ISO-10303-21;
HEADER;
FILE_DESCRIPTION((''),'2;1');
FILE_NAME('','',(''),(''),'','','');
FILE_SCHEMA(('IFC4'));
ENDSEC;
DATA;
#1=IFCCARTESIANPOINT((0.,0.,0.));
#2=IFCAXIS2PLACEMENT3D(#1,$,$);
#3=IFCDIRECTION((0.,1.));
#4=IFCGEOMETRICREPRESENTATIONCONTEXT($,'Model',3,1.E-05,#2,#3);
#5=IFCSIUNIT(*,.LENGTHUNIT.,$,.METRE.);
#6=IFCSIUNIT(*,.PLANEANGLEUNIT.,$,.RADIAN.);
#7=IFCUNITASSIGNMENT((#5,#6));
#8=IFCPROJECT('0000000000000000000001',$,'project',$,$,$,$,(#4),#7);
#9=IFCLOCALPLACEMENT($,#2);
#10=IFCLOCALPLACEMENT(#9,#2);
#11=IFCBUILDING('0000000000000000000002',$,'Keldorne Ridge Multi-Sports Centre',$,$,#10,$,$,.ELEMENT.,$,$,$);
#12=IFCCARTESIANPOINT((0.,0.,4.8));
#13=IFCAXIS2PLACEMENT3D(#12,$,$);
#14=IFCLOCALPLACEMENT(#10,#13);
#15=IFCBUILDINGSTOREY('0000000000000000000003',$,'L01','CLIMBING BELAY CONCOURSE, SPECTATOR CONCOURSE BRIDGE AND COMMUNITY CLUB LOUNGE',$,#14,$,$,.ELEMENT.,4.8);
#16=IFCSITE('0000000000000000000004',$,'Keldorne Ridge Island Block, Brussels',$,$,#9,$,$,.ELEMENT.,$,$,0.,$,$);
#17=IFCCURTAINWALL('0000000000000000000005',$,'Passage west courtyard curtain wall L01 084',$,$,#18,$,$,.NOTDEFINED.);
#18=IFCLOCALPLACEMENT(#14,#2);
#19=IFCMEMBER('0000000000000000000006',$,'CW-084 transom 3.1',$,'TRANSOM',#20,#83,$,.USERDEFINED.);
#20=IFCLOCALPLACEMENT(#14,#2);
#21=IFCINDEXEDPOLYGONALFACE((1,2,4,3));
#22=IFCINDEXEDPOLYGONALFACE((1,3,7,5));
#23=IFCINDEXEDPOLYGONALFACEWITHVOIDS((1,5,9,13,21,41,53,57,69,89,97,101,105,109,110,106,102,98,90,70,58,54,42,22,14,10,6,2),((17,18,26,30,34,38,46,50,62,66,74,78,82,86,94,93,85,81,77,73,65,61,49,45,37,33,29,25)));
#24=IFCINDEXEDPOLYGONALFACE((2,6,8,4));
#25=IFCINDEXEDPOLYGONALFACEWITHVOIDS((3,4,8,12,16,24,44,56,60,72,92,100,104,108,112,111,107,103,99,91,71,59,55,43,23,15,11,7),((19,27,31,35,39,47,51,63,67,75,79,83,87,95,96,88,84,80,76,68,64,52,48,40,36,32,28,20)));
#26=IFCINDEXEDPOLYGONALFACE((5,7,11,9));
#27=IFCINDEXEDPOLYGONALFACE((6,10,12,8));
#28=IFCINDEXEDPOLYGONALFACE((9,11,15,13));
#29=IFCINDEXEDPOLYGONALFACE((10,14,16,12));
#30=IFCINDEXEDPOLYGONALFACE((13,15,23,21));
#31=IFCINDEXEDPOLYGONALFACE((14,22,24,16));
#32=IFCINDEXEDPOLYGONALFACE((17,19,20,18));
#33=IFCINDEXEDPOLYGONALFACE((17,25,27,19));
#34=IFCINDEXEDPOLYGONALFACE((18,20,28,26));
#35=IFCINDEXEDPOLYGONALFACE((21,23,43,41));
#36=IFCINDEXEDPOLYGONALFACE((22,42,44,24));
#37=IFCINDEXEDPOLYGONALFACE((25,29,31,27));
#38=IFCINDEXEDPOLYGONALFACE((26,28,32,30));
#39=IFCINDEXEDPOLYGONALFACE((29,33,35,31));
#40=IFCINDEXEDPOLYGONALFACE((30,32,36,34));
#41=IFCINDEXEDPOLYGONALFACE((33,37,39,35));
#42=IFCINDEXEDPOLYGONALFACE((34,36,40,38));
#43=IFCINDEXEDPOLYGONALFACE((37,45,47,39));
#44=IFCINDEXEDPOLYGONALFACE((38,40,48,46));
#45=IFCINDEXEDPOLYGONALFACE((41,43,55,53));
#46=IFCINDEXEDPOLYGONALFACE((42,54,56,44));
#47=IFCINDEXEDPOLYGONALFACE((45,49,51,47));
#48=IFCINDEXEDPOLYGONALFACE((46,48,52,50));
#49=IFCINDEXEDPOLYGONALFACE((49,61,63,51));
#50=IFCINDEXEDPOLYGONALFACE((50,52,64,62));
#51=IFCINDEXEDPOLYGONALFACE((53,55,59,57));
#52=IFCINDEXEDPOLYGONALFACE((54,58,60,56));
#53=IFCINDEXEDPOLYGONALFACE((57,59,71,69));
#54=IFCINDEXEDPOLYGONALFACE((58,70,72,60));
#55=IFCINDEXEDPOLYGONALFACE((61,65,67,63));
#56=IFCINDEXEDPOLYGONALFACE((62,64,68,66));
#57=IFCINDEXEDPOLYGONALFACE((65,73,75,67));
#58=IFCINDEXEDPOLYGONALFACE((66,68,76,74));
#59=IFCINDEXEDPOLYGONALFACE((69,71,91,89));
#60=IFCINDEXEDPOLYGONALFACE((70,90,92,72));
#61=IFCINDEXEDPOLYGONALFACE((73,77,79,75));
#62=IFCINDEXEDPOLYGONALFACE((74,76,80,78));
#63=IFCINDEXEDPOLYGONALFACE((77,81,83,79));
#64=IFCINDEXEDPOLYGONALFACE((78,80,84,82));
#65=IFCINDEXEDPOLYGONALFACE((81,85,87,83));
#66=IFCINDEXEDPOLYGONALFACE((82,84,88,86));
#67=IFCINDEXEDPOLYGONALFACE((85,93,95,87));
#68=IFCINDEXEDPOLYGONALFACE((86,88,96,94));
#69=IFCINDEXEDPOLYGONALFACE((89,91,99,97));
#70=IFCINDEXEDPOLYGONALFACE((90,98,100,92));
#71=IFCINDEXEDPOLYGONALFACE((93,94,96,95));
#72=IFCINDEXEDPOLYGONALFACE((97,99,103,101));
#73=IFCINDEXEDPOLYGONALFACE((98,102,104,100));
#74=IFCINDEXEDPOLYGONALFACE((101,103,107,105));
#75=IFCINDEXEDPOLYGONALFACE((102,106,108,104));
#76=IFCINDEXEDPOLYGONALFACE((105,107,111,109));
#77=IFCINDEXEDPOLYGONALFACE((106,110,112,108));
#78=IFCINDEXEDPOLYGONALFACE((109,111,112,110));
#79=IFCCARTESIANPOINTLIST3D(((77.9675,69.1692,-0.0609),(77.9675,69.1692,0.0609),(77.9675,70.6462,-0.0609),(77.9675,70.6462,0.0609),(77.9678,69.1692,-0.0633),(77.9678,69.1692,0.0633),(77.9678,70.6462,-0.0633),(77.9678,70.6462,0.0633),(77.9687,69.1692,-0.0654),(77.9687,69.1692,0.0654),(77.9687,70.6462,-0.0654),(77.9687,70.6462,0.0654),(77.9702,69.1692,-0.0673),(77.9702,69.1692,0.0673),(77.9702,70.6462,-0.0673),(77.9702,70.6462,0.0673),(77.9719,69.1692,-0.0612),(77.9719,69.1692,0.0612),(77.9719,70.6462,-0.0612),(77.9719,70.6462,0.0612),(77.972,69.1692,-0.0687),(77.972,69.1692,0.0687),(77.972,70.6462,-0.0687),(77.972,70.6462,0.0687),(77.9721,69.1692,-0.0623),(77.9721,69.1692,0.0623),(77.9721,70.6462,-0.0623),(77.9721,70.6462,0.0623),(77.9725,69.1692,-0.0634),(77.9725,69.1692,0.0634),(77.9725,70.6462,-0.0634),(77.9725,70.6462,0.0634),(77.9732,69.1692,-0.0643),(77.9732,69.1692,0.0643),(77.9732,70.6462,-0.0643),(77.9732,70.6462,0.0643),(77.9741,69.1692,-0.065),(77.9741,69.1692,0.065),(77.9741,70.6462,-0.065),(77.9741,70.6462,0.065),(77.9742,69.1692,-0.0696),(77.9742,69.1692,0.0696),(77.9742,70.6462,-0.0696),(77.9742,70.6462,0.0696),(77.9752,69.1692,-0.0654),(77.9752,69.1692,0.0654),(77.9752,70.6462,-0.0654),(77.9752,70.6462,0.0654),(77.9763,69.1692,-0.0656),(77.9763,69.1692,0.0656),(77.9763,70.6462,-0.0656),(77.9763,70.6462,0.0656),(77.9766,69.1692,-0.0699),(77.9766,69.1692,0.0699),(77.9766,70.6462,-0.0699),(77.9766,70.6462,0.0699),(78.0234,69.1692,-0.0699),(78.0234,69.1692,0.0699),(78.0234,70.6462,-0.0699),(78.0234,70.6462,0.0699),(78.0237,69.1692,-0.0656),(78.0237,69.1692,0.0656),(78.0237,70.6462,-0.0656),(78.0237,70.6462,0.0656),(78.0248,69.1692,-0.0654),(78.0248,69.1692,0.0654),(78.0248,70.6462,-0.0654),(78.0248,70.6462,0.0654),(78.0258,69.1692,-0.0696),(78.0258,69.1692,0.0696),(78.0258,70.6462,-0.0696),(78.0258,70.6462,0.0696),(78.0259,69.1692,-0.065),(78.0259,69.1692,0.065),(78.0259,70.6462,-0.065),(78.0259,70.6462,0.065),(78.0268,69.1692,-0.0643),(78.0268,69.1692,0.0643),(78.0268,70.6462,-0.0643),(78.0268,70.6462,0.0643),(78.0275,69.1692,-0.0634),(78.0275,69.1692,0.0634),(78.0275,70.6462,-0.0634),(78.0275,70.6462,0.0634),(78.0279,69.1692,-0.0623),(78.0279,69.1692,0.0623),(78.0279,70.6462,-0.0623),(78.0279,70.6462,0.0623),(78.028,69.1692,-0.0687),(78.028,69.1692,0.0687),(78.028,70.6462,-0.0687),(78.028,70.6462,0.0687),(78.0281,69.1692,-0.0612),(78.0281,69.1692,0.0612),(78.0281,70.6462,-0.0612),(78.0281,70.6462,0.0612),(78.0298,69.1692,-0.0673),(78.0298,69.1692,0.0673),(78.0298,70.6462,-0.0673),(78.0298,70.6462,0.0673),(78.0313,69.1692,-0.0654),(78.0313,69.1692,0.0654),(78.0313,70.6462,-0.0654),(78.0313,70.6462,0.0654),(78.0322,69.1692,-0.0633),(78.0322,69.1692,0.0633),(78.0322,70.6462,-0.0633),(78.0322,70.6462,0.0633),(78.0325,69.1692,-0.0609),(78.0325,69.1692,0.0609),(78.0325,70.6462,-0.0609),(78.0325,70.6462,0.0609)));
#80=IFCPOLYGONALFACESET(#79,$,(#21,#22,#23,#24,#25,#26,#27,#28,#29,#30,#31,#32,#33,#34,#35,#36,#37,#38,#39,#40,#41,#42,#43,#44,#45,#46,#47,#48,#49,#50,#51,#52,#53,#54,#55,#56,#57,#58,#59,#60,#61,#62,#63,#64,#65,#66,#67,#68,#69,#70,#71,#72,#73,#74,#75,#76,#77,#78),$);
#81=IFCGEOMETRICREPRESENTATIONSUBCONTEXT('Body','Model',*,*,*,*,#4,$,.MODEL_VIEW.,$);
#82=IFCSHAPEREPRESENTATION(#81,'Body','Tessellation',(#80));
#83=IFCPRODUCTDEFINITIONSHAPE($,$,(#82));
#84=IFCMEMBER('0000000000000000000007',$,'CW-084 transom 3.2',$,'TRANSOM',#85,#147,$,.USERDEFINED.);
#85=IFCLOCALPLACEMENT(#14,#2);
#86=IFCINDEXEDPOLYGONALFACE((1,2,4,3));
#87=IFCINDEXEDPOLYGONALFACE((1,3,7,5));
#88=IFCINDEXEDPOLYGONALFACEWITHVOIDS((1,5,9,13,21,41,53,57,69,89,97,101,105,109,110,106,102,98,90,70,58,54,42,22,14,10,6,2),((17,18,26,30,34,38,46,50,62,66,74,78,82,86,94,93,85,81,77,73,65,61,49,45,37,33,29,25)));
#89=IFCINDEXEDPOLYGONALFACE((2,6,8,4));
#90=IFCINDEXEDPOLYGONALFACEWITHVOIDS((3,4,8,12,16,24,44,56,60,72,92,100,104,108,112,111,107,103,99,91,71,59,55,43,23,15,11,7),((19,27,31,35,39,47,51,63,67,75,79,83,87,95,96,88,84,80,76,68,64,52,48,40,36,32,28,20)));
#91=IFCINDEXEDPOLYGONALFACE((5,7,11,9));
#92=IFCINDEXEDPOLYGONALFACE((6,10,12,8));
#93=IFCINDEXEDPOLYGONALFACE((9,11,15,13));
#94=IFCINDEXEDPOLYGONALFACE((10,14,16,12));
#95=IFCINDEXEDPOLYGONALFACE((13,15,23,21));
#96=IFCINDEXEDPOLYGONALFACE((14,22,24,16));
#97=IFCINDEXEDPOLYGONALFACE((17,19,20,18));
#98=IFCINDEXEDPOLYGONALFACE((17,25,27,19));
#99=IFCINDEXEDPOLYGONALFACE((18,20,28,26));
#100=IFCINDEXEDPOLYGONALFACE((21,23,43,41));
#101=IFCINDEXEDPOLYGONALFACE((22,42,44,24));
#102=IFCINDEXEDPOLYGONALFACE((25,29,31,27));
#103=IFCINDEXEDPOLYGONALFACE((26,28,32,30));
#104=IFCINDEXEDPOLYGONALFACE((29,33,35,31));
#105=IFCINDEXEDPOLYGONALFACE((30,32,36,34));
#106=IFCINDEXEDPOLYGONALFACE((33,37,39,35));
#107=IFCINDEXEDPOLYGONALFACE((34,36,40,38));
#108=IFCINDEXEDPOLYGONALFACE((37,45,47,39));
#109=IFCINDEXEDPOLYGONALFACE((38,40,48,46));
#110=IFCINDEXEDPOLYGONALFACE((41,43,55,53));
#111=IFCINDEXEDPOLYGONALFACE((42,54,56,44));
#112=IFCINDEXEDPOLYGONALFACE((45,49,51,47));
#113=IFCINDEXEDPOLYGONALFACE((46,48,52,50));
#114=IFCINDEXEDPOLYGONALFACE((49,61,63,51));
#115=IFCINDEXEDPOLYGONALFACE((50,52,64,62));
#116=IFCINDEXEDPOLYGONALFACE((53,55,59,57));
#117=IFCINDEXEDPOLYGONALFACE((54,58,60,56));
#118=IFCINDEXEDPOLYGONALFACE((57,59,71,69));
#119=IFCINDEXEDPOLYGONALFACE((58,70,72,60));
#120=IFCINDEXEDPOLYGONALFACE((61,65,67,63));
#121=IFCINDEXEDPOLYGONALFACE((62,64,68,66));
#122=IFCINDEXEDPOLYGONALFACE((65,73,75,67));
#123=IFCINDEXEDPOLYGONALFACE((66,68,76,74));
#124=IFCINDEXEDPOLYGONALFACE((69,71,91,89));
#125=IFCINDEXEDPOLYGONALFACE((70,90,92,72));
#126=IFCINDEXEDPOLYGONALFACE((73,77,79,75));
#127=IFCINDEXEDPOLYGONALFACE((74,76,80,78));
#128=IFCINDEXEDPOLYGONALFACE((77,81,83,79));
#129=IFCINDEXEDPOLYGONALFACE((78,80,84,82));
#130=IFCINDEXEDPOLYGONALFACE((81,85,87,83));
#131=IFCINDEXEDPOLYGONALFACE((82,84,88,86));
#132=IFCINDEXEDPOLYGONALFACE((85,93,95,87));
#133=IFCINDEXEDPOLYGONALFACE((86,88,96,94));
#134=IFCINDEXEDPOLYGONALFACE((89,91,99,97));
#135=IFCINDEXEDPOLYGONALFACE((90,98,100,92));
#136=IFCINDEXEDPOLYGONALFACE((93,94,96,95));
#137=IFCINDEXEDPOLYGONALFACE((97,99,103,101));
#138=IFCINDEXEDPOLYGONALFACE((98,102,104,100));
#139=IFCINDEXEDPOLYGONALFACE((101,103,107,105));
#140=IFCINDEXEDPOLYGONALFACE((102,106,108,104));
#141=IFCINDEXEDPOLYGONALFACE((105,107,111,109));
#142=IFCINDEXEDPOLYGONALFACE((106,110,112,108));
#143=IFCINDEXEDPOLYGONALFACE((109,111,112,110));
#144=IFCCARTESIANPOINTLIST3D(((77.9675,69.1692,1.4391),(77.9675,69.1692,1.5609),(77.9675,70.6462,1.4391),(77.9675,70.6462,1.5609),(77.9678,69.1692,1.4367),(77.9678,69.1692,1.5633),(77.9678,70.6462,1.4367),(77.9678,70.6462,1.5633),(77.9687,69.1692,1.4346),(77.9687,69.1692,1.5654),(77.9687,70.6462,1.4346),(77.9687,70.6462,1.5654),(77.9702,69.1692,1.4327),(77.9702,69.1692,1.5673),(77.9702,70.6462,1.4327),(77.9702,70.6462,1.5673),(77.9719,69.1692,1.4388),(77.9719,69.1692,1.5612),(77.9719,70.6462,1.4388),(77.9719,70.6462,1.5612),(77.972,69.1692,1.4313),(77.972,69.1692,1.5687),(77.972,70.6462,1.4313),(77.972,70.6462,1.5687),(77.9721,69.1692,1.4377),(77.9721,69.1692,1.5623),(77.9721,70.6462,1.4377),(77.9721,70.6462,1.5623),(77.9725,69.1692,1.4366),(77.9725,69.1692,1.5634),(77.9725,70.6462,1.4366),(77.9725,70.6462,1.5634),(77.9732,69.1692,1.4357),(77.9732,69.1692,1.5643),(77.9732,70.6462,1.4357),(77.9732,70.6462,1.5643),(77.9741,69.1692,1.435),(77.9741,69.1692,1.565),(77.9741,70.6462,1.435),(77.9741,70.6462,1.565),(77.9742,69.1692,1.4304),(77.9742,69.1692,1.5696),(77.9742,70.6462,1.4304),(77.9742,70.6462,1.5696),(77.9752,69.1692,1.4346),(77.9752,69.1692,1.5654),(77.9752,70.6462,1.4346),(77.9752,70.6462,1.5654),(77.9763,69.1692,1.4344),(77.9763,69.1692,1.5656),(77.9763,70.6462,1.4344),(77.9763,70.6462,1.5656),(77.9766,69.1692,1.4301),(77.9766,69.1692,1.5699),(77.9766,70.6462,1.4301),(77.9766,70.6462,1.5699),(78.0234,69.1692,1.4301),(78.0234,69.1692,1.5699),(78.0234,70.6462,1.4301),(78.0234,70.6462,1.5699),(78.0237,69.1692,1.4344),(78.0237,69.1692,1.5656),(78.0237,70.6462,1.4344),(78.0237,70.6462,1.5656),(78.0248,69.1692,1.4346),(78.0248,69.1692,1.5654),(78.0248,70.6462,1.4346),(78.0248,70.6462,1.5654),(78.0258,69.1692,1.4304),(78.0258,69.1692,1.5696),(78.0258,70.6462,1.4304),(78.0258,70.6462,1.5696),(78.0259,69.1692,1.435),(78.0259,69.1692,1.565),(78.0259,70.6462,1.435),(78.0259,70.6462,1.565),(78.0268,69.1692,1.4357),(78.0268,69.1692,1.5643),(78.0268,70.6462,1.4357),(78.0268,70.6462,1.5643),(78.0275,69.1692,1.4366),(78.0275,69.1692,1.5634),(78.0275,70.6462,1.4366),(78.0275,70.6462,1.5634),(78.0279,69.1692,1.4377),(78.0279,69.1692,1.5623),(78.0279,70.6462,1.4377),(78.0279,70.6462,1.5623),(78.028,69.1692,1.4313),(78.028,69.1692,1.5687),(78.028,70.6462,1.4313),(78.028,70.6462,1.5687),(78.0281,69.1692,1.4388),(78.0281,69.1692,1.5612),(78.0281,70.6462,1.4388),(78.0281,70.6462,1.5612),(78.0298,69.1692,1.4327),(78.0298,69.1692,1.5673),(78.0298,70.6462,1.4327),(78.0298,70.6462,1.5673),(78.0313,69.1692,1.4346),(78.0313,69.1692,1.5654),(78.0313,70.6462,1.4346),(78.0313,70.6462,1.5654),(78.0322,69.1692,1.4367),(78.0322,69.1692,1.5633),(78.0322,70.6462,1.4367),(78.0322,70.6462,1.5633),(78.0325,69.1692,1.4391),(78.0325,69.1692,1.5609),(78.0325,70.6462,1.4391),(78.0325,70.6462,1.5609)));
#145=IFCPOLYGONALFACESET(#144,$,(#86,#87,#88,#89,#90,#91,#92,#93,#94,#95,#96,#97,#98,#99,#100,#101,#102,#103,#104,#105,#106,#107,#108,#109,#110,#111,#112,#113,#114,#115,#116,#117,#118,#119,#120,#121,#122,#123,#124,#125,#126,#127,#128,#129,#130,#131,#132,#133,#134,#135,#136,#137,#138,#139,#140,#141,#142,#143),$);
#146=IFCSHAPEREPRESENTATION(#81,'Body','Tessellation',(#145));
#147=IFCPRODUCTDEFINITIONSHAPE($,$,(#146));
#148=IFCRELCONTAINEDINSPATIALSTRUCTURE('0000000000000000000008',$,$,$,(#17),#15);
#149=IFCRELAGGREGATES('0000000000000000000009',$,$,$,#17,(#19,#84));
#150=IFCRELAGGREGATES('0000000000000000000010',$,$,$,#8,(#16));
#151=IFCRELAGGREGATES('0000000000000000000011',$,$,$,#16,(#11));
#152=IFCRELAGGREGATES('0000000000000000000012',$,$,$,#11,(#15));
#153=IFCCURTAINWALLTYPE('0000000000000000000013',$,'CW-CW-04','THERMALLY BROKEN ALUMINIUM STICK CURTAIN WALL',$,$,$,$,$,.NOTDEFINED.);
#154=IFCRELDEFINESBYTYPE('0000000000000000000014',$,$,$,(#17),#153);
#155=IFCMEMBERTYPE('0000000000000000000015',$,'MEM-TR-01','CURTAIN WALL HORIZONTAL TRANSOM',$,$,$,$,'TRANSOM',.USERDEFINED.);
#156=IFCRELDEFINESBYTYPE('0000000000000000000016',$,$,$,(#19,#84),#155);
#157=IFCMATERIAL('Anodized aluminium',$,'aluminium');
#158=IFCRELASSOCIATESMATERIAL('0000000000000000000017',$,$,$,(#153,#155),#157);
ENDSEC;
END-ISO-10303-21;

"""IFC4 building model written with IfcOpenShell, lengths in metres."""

from ifc_helpers import new_model, si_unit, direction, frame, origin, origin_2d, place, context, subcontext, project, spatial, hollow_rectangle, extrude, material, material_profile, profile_set, type_object, element, aggregate, save


model = new_model("IFC4")

# Units and contexts
model_context = context("Model", 3, precision=1e-05, world=origin(), true_north=direction((0.0, 1.0)))
body_context = subcontext(model_context, "Body", "Model", "MODEL_VIEW")
ifc_project = project(units=[si_unit("LENGTHUNIT", "METRE"), si_unit("PLANEANGLEUNIT", "RADIAN")], contexts=[model_context])

# Site, building, storey
site_placement = place(None, origin())
site = spatial("IfcSite", under=ifc_project, at=site_placement, Name="Keldorne Ridge Island Block, Brussels", CompositionType="ELEMENT", RefElevation=0.0)
building_placement = place(site_placement, origin())
building = spatial("IfcBuilding", under=site, at=building_placement, Name="Keldorne Ridge Multi-Sports Centre", CompositionType="ELEMENT")
storey_placement = place(building_placement, frame((0.0, 0.0, 4.8)))
storey = spatial("IfcBuildingStorey", under=building, at=storey_placement, Name="L01", Description="CLIMBING BELAY CONCOURSE, SPECTATOR CONCOURSE BRIDGE AND COMMUNITY CLUB LOUNGE", CompositionType="ELEMENT", Elevation=4.8)

# Curtain wall, members
ifc_material_1 = material(Name="Anodized aluminium", Category="aluminium")
curtain_wall_type = type_object("IfcCurtainWallType", Name="CW-CW-04", Description="THERMALLY BROKEN ALUMINIUM STICK CURTAIN WALL", PredefinedType="NOTDEFINED", material=ifc_material_1)
curtain_wall_placement = place(storey_placement, origin())
curtain_wall = element("IfcCurtainWall", 1, at=curtain_wall_placement, inside=storey, type_object=curtain_wall_type, Name="Passage west courtyard curtain wall L01 084", PredefinedType="NOTDEFINED")
ifc_material_profile_1 = material_profile(ifc_material_1, hollow_rectangle(XDim=0.0649, YDim=0.1399, WallThickness=0.0044, InnerFilletRadius=0.0044, OuterFilletRadius=0.009, at=origin_2d()), Name="ALU TRANSOM 140x65x4.5")
ifc_profile_set_1 = profile_set([ifc_material_profile_1], Name="Anodized aluminium")
member_type_1 = type_object("IfcMemberType", Name="MEM-TR-01", Description="CURTAIN WALL HORIZONTAL TRANSOM", ElementType="TRANSOM", PredefinedType="USERDEFINED", material=ifc_profile_set_1)
member_1_placement = place(storey_placement, frame((78.0, 70.6462, 0.0), z_axis=(0.0, -1.0, 0.0), x_axis=(1.0, 0.0, 0.0)))
member_1 = element("IfcMember", 2, at=member_1_placement, type_object=member_type_1, Name="CW-084 transom 3.1", ObjectType="TRANSOM", PredefinedType="USERDEFINED", context=body_context, shape_type="SweptSolid", body=[
    extrude(hollow_rectangle(XDim=0.0649, YDim=0.1399, WallThickness=0.0044, InnerFilletRadius=0.0044, OuterFilletRadius=0.009, at=origin_2d()), origin(), (0.0, 0.0, 1.0), 1.4771),
])
member_2_placement = place(storey_placement, frame((78.0, 70.6462, 1.5), z_axis=(0.0, -1.0, 0.0), x_axis=(1.0, 0.0, 0.0)))
member_2 = element("IfcMember", 3, at=member_2_placement, type_object=member_type_1, Name="CW-084 transom 3.2", ObjectType="TRANSOM", PredefinedType="USERDEFINED", context=body_context, shape_type="SweptSolid", body=[
    extrude(hollow_rectangle(XDim=0.0649, YDim=0.1399, WallThickness=0.0044, InnerFilletRadius=0.0044, OuterFilletRadius=0.009, at=origin_2d()), origin(), (0.0, 0.0, 1.0), 1.4771),
])
aggregate(curtain_wall, [member_1, member_2])

save(model, "model.ifc")
